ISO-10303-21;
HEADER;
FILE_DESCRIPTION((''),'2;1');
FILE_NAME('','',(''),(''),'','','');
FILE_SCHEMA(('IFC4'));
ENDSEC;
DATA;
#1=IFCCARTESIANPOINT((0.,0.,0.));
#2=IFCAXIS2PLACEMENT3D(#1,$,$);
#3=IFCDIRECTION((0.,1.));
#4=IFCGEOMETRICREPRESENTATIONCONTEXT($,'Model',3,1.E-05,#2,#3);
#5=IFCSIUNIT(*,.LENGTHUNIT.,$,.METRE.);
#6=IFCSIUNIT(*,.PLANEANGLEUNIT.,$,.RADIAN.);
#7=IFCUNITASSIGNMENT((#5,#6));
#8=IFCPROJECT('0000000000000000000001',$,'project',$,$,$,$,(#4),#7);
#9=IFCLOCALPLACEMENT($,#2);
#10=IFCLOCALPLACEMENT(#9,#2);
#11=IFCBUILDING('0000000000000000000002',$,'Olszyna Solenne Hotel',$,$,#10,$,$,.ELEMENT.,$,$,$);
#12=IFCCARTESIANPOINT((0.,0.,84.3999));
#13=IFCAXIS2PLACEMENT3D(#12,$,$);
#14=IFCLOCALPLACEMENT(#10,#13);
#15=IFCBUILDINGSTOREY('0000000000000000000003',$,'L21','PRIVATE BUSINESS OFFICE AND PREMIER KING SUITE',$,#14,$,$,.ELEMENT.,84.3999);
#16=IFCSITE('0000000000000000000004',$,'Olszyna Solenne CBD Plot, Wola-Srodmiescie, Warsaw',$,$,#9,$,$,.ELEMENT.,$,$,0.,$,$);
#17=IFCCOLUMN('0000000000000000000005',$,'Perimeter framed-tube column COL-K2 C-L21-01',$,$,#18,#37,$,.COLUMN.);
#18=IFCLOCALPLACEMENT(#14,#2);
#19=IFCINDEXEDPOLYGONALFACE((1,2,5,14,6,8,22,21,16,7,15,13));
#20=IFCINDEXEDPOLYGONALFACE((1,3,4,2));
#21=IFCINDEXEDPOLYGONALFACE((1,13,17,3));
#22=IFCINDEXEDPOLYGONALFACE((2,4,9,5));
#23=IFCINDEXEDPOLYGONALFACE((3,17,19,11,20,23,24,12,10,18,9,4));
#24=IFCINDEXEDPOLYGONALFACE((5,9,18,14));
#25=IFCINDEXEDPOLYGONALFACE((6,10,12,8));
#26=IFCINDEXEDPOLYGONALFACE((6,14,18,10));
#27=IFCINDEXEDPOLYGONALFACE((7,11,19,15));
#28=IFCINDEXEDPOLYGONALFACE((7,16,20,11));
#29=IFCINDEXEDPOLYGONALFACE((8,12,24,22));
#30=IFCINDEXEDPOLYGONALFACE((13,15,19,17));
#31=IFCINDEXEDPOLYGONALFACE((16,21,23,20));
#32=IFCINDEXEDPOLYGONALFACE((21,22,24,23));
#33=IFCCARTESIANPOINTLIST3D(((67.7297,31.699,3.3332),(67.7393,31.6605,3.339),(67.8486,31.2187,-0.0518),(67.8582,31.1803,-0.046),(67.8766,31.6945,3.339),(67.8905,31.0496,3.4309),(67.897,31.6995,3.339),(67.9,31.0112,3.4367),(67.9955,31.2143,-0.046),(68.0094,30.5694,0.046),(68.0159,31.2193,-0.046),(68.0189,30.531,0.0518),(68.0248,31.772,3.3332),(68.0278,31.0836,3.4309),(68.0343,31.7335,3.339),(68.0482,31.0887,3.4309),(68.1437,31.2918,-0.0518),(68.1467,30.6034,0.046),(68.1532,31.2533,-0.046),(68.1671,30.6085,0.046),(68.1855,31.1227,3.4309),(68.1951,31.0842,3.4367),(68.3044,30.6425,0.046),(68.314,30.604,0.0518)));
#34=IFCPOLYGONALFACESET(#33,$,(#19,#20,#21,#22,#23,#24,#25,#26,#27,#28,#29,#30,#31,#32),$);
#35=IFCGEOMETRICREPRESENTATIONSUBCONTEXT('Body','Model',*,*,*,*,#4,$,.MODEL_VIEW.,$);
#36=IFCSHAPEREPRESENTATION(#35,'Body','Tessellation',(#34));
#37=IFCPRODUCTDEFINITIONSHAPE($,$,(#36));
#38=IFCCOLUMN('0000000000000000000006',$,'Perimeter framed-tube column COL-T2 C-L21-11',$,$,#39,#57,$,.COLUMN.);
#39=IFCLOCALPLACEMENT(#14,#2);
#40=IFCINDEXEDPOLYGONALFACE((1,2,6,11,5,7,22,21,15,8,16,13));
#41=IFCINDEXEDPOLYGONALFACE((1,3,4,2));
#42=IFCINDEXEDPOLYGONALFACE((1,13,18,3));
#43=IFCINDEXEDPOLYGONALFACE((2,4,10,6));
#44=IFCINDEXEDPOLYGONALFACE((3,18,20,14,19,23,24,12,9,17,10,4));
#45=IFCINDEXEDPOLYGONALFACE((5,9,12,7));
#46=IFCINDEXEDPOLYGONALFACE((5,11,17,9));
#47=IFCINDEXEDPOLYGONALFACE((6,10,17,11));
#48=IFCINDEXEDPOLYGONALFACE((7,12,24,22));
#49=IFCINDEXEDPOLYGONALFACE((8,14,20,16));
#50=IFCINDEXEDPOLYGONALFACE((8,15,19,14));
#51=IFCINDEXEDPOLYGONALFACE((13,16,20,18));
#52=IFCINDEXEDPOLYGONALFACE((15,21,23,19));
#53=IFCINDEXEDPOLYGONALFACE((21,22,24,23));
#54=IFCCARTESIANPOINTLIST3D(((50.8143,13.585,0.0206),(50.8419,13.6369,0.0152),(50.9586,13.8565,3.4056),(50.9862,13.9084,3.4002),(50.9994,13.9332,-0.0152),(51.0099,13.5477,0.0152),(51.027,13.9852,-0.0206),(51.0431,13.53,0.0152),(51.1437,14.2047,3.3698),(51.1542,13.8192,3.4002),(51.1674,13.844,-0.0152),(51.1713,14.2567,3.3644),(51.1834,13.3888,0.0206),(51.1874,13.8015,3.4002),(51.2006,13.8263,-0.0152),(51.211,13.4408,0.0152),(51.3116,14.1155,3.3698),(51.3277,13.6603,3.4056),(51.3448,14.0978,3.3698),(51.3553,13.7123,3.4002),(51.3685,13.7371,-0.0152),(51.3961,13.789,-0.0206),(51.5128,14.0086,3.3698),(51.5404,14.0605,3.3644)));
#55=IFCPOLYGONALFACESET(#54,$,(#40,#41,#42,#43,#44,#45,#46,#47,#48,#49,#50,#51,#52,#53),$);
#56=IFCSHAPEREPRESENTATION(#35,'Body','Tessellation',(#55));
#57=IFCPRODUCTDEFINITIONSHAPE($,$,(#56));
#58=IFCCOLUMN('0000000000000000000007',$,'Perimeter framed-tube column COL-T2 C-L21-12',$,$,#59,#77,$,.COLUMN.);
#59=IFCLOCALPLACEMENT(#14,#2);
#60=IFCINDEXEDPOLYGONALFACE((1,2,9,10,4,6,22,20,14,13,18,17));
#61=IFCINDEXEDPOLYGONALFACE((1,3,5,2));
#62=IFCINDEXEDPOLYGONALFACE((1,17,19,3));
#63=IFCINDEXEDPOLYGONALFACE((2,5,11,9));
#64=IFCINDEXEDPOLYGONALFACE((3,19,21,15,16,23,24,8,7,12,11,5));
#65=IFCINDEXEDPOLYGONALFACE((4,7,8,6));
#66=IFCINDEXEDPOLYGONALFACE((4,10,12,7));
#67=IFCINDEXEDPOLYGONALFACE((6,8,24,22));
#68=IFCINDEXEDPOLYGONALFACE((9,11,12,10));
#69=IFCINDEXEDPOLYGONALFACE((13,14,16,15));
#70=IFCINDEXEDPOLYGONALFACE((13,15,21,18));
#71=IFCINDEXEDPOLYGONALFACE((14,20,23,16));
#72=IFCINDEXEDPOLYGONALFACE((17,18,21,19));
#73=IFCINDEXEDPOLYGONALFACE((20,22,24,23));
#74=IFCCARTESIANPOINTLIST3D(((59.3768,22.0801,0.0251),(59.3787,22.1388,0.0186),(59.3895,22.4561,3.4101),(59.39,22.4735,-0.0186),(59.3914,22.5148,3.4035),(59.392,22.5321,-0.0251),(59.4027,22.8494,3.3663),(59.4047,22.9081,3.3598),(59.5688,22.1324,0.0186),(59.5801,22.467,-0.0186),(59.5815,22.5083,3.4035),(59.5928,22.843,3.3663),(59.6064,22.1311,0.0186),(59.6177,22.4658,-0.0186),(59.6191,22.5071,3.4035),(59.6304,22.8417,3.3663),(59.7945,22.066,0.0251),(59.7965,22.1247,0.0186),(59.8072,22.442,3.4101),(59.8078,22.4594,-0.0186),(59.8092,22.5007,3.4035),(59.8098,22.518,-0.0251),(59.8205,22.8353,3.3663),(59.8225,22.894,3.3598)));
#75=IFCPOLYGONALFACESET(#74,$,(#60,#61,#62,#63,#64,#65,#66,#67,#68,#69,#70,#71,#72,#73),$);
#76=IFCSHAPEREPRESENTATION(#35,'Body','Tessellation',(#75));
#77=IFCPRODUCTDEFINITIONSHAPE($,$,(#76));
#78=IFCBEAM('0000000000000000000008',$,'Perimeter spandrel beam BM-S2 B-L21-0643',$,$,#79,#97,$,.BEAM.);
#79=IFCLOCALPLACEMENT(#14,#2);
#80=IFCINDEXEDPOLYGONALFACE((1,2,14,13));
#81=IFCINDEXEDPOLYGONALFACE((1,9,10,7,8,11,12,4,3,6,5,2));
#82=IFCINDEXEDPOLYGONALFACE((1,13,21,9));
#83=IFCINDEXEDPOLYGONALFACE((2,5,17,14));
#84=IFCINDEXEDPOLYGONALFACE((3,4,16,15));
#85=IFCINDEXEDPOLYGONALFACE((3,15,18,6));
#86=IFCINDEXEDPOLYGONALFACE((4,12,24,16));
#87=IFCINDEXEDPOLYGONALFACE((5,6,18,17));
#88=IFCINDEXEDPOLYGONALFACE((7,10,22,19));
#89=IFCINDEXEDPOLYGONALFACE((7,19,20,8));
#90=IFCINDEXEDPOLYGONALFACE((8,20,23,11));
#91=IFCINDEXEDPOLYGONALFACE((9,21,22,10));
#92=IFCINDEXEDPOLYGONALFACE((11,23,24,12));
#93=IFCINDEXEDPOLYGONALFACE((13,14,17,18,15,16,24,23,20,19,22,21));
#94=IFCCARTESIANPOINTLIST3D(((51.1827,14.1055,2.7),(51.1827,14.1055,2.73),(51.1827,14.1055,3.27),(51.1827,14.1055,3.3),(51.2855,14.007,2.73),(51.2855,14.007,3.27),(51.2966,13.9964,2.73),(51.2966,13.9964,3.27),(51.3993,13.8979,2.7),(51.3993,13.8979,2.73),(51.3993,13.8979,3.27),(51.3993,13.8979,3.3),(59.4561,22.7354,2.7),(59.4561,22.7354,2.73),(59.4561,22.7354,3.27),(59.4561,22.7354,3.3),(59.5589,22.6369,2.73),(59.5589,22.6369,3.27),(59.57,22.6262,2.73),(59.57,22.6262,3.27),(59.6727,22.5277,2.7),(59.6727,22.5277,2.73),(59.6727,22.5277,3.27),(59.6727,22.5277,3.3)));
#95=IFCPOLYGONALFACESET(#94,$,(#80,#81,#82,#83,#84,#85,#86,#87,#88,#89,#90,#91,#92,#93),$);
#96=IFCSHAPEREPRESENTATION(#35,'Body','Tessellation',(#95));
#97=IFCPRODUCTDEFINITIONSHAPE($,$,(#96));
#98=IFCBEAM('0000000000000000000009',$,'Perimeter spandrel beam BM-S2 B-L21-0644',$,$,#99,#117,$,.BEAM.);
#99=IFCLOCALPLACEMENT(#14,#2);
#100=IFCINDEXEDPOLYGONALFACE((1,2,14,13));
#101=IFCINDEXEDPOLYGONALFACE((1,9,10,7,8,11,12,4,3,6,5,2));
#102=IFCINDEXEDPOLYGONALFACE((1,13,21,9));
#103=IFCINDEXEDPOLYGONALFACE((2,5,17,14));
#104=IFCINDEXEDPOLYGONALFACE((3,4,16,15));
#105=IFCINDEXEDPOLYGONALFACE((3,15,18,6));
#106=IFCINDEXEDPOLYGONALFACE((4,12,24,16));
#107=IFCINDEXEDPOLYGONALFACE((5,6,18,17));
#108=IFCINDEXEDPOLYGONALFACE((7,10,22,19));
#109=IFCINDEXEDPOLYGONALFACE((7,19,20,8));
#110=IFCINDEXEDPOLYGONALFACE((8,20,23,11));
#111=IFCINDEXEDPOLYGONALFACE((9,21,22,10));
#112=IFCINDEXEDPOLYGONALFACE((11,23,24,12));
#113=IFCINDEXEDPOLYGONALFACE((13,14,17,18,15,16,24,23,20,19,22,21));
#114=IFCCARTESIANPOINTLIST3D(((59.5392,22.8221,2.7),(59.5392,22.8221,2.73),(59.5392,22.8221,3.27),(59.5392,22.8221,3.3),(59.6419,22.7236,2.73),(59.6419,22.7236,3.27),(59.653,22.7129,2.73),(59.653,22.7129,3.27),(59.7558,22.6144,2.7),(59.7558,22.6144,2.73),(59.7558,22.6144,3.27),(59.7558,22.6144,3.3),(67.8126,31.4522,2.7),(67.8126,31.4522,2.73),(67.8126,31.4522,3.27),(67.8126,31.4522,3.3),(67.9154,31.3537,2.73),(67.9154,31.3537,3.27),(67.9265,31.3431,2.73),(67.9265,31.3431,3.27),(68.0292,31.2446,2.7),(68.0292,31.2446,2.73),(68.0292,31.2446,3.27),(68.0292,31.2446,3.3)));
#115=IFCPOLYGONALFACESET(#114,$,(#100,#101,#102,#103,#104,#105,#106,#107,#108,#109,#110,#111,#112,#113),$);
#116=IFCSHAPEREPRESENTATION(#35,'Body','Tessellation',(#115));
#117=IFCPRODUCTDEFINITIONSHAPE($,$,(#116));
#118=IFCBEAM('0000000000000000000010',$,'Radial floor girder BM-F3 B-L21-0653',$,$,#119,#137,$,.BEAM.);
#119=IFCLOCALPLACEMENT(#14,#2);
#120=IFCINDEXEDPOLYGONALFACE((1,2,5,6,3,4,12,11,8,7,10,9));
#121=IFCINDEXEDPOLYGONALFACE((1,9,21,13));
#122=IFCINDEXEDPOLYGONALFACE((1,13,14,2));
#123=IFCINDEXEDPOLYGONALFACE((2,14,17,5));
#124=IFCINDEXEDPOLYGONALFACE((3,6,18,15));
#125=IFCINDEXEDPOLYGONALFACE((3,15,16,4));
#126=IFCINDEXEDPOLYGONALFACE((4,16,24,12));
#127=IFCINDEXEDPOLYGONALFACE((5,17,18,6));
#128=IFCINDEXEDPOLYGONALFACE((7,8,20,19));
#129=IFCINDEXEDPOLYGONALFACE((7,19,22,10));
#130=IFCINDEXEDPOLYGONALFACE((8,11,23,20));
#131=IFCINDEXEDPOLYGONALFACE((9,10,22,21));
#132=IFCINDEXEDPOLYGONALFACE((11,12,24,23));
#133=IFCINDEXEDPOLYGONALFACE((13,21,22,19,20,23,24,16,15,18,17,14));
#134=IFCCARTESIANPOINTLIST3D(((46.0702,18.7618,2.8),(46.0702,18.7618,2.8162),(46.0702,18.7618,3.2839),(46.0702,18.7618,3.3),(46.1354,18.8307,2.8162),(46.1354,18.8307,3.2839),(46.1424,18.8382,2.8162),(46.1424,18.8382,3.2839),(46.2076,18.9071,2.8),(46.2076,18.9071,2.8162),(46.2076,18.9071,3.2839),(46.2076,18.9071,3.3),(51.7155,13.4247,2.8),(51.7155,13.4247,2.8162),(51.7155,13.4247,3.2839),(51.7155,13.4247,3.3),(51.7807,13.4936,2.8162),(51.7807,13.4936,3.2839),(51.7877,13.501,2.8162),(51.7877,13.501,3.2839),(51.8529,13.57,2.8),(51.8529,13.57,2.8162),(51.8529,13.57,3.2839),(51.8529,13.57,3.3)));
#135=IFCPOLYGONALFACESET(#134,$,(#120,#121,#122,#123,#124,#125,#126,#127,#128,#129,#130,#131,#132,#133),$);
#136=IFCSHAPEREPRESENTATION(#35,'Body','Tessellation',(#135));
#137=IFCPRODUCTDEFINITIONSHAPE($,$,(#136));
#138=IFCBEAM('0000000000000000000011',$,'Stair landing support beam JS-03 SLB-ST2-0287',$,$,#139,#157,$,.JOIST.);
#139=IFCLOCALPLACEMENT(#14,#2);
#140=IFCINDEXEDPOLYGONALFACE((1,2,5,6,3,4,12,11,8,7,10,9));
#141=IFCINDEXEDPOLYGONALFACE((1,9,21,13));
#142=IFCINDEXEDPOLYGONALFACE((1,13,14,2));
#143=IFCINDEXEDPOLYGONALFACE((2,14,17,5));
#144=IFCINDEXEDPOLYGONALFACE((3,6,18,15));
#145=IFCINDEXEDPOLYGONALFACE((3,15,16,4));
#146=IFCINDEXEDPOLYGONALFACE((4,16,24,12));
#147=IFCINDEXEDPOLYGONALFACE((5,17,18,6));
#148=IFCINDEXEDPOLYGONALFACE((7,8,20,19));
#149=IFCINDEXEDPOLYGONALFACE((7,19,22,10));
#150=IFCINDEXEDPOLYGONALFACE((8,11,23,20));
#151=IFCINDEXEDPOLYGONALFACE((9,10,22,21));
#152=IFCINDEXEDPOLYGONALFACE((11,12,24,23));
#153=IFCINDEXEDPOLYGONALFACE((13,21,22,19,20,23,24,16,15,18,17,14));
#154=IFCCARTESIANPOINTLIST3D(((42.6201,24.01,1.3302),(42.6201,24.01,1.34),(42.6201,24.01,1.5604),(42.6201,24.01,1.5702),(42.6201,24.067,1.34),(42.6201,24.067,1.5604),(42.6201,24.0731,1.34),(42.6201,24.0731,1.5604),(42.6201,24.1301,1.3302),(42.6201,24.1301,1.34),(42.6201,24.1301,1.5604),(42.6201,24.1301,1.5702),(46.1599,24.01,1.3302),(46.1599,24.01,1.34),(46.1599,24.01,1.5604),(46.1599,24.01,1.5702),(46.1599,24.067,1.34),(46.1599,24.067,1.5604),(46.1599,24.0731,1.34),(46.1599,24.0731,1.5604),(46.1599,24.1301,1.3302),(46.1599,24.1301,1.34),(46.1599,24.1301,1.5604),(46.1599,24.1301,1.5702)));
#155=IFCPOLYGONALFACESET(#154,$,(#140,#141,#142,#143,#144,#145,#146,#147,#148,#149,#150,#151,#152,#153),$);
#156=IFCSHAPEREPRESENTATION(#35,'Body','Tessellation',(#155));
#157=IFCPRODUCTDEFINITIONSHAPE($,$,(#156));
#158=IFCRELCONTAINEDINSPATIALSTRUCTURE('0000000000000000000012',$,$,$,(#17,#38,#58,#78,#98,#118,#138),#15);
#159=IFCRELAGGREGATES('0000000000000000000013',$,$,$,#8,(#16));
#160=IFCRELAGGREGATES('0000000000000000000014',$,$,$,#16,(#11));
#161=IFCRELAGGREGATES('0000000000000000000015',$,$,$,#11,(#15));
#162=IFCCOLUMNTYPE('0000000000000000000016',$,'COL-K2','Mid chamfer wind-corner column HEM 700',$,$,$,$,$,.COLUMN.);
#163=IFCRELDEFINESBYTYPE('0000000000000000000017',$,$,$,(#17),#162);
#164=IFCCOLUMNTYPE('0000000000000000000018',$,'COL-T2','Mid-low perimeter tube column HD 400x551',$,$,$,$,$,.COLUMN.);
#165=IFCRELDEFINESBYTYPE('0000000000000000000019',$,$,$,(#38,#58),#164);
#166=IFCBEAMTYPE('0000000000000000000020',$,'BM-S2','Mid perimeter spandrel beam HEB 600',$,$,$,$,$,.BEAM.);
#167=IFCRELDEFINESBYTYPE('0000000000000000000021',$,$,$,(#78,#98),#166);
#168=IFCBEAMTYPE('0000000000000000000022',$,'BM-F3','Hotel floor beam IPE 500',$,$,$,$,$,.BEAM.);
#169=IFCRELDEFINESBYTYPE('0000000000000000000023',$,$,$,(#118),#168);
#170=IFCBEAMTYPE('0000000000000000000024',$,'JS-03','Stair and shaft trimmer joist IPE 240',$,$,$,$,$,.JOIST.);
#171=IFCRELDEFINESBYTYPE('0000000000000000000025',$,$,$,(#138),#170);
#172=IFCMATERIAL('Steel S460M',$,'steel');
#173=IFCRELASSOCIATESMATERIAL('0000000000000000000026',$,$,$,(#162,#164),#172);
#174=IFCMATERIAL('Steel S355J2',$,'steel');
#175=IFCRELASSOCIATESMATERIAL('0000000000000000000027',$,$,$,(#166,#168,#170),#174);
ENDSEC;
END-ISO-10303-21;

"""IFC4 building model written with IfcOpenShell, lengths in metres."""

from ifc_helpers import new_model, si_unit, direction, frame, origin, origin_2d, place, context, subcontext, project, spatial, i_section, extrude, source, transform, mapped, material, material_profile, profile_set, type_object, element, save


model = new_model("IFC4")

# Units and contexts
model_context = context("Model", 3, precision=1e-05, world=origin(), true_north=direction((0.0, 1.0)))
body_context = subcontext(model_context, "Body", "Model", "MODEL_VIEW")
ifc_project = project(units=[si_unit("LENGTHUNIT", "METRE"), si_unit("PLANEANGLEUNIT", "RADIAN")], contexts=[model_context])

# Site, building, storey
site_placement = place(None, origin())
site = spatial("IfcSite", under=ifc_project, at=site_placement, Name="Olszyna Solenne CBD Plot, Wola-Srodmiescie, Warsaw", CompositionType="ELEMENT", RefElevation=0.0)
building_placement = place(site_placement, origin())
building = spatial("IfcBuilding", under=site, at=building_placement, Name="Olszyna Solenne Hotel", CompositionType="ELEMENT")
storey_placement = place(building_placement, frame((0.0, 0.0, 84.3999)))
storey = spatial("IfcBuildingStorey", under=building, at=storey_placement, Name="L21", Description="PRIVATE BUSINESS OFFICE AND PREMIER KING SUITE", CompositionType="ELEMENT", Elevation=84.3999)

# Columns
ifc_material_1 = material(Name="Steel S460M", Category="steel")
ifc_material_profile_1 = material_profile(ifc_material_1, i_section(OverallWidth=0.304, OverallDepth=0.7161, WebThickness=0.021, FlangeThickness=0.04, at=origin_2d()), Name="HEM 700", Category="load-bearing")
ifc_profile_set_1 = profile_set([ifc_material_profile_1], Name="Steel S460M")
column_type_1 = type_object("IfcColumnType", Name="COL-K2", Description="Mid chamfer wind-corner column HEM 700", PredefinedType="COLUMN", material=ifc_profile_set_1)
shared_shape_1 = source(origin(), body_context, "Body", "SweptSolid", [
    extrude(i_section(OverallWidth=0.304, OverallDepth=0.7161, WebThickness=0.021, FlangeThickness=0.04, at=origin_2d()), origin(), (0.0, 0.0, 1.0), 3.4209),
])
column_1_placement = place(storey_placement, frame((68.0813, 30.9114, 0.0), z_axis=(-0.034755, 0.140377, 0.989488), x_axis=(-0.970692, -0.240329, 0.0)))
element("IfcColumn", 1, at=column_1_placement, inside=storey, type_object=column_type_1, Name="Perimeter framed-tube column COL-K2 C-L21-01", PredefinedType="COLUMN", context=body_context, shape_type="MappedRepresentation", body=[
    mapped(shared_shape_1, transform((0.0, 0.0, 0.0), x_axis=(1.0, 0.0, 0.0), y_axis=(0.0, 1.0, 0.0), z_axis=(0.0, 0.0, 1.0), scale=1.0)),
])
ifc_material_profile_2 = material_profile(ifc_material_1, i_section(OverallWidth=0.418, OverallDepth=0.4551, WebThickness=0.0376, FlangeThickness=0.0591, at=origin_2d()), Name="HD 400x551", Category="load-bearing")
ifc_profile_set_2 = profile_set([ifc_material_profile_2], Name="Steel S460M")
column_type_2 = type_object("IfcColumnType", Name="COL-T2", Description="Mid-low perimeter tube column HD 400x551", PredefinedType="COLUMN", material=ifc_profile_set_2)
shared_shape_2 = source(origin(), body_context, "Body", "SweptSolid", [
    extrude(i_section(OverallWidth=0.418, OverallDepth=0.4551, WebThickness=0.0376, FlangeThickness=0.0591, at=origin_2d()), origin(), (0.0, 0.0, 1.0), 3.3989),
])
column_2_placement = place(storey_placement, frame((51.1052, 13.687, 0.0), z_axis=(0.042451, 0.079873, 0.995901), x_axis=(-0.883033, 0.46931, 0.0)))
element("IfcColumn", 2, at=column_2_placement, inside=storey, type_object=column_type_2, Name="Perimeter framed-tube column COL-T2 C-L21-11", PredefinedType="COLUMN", context=body_context, shape_type="MappedRepresentation", body=[
    mapped(shared_shape_2, transform((0.0, 0.0, 0.0), x_axis=(1.0, 0.0, 0.0), y_axis=(0.0, 1.0, 0.0), z_axis=(0.0, 0.0, 1.0), scale=1.0)),
])
shared_shape_3 = source(origin(), body_context, "Body", "SweptSolid", [
    extrude(i_section(OverallWidth=0.418, OverallDepth=0.4551, WebThickness=0.0376, FlangeThickness=0.0591, at=origin_2d()), origin(), (0.0, 0.0, 1.0), 3.4058),
])
column_3_placement = place(storey_placement, frame((59.5933, 22.2991, 0.0), z_axis=(0.003728, 0.110391, 0.993881), x_axis=(-0.99943, 0.033747, 0.0)))
element("IfcColumn", 3, at=column_3_placement, inside=storey, type_object=column_type_2, Name="Perimeter framed-tube column COL-T2 C-L21-12", PredefinedType="COLUMN", context=body_context, shape_type="MappedRepresentation", body=[
    mapped(shared_shape_3, transform((0.0, 0.0, 0.0), x_axis=(1.0, 0.0, 0.0), y_axis=(0.0, 1.0, 0.0), z_axis=(0.0, 0.0, 1.0), scale=1.0)),
])

# Beams
ifc_material_2 = material(Name="Steel S355J2", Category="steel")
ifc_material_profile_3 = material_profile(ifc_material_2, i_section(OverallWidth=0.3, OverallDepth=0.6001, WebThickness=0.0154, FlangeThickness=0.03, at=origin_2d()), Name="HEB 600", Category="load-bearing")
ifc_profile_set_3 = profile_set([ifc_material_profile_3], Name="Steel S355J2")
beam_type_1 = type_object("IfcBeamType", Name="BM-S2", Description="Mid perimeter spandrel beam HEB 600", PredefinedType="BEAM", material=ifc_profile_set_3)
shared_shape_4 = source(origin(), body_context, "Body", "SweptSolid", [
    extrude(i_section(OverallWidth=0.3, OverallDepth=0.6001, WebThickness=0.0154, FlangeThickness=0.03, at=origin_2d()), origin(), (0.0, 0.0, 1.0), 11.9551),
])
beam_1_placement = place(storey_placement, frame((51.291, 14.0017, 3.0), z_axis=(0.692042, 0.721857, 0.0), x_axis=(-0.721857, 0.692042, 0.0)))
element("IfcBeam", 4, at=beam_1_placement, inside=storey, type_object=beam_type_1, Name="Perimeter spandrel beam BM-S2 B-L21-0643", PredefinedType="BEAM", context=body_context, shape_type="MappedRepresentation", body=[
    mapped(shared_shape_4, transform((0.0, 0.0, 0.0), x_axis=(1.0, 0.0, 0.0), y_axis=(0.0, 1.0, 0.0), z_axis=(0.0, 0.0, 1.0), scale=1.0)),
])
shared_shape_5 = source(origin(), body_context, "Body", "SweptSolid", [
    extrude(i_section(OverallWidth=0.3, OverallDepth=0.6001, WebThickness=0.0154, FlangeThickness=0.03, at=origin_2d()), origin(), (0.0, 0.0, 1.0), 11.9553),
])
beam_2_placement = place(storey_placement, frame((59.6475, 22.7183, 3.0), z_axis=(0.692032, 0.721867, 0.0), x_axis=(-0.721867, 0.692032, 0.0)))
element("IfcBeam", 5, at=beam_2_placement, inside=storey, type_object=beam_type_1, Name="Perimeter spandrel beam BM-S2 B-L21-0644", PredefinedType="BEAM", context=body_context, shape_type="MappedRepresentation", body=[
    mapped(shared_shape_5, transform((0.0, 0.0, 0.0), x_axis=(1.0, 0.0, 0.0), y_axis=(0.0, 1.0, 0.0), z_axis=(0.0, 0.0, 1.0), scale=1.0)),
])
ifc_material_profile_4 = material_profile(ifc_material_2, i_section(OverallWidth=0.2, OverallDepth=0.5, WebThickness=0.0103, FlangeThickness=0.0161, at=origin_2d()), Name="IPE 500", Category="load-bearing")
ifc_profile_set_4 = profile_set([ifc_material_profile_4], Name="Steel S355J2")
beam_type_2 = type_object("IfcBeamType", Name="BM-F3", Description="Hotel floor beam IPE 500", PredefinedType="BEAM", material=ifc_profile_set_4)
shared_shape_6 = source(origin(), body_context, "Body", "SweptSolid", [
    extrude(i_section(OverallWidth=0.2, OverallDepth=0.5, WebThickness=0.0103, FlangeThickness=0.0161, at=origin_2d()), origin(), (0.0, 0.0, 1.0), 7.7688),
])
beam_3_placement = place(storey_placement, frame((51.7842, 13.4973, 3.05), z_axis=(-0.726658, 0.686999, 0.0), x_axis=(-0.686999, -0.726658, 0.0)))
element("IfcBeam", 6, at=beam_3_placement, inside=storey, type_object=beam_type_2, Name="Radial floor girder BM-F3 B-L21-0653", PredefinedType="BEAM", context=body_context, shape_type="MappedRepresentation", body=[
    mapped(shared_shape_6, transform((0.0, 0.0, 0.0), x_axis=(1.0, 0.0, 0.0), y_axis=(0.0, 1.0, 0.0), z_axis=(0.0, 0.0, 1.0), scale=1.0)),
])
ifc_material_profile_5 = material_profile(ifc_material_2, i_section(OverallWidth=0.1201, OverallDepth=0.24, WebThickness=0.0061, FlangeThickness=0.0098, at=origin_2d()), Name="IPE 240", Category="load-bearing")
ifc_profile_set_5 = profile_set([ifc_material_profile_5], Name="Steel S355J2")
beam_type_3 = type_object("IfcBeamType", Name="JS-03", Description="Stair and shaft trimmer joist IPE 240", PredefinedType="JOIST", material=ifc_profile_set_5)
shared_shape_7 = source(origin(), body_context, "Body", "SweptSolid", [
    extrude(i_section(OverallWidth=0.1201, OverallDepth=0.24, WebThickness=0.0061, FlangeThickness=0.0098, at=origin_2d()), origin(), (0.0, 0.0, 1.0), 3.5398),
])
for number, where, z_axis, x_axis, name in (
    (7, (46.1599, 24.0701, 1.4502), (-1.0, 0.0, 0.0), (0.0, -1.0, 0.0), "Stair landing support beam JS-03 SLB-ST2-0287"),
):
    element("IfcBeam", number, at=place(storey_placement, frame(where, z_axis=z_axis, x_axis=x_axis)), inside=storey, type_object=beam_type_3, Name=name, PredefinedType="JOIST", context=body_context, shape_type="MappedRepresentation", body=[
        mapped(shared_shape_7, transform((0.0, 0.0, 0.0), x_axis=(1.0, 0.0, 0.0), y_axis=(0.0, 1.0, 0.0), z_axis=(0.0, 0.0, 1.0), scale=1.0)),
    ])

save(model, "model.ifc")
